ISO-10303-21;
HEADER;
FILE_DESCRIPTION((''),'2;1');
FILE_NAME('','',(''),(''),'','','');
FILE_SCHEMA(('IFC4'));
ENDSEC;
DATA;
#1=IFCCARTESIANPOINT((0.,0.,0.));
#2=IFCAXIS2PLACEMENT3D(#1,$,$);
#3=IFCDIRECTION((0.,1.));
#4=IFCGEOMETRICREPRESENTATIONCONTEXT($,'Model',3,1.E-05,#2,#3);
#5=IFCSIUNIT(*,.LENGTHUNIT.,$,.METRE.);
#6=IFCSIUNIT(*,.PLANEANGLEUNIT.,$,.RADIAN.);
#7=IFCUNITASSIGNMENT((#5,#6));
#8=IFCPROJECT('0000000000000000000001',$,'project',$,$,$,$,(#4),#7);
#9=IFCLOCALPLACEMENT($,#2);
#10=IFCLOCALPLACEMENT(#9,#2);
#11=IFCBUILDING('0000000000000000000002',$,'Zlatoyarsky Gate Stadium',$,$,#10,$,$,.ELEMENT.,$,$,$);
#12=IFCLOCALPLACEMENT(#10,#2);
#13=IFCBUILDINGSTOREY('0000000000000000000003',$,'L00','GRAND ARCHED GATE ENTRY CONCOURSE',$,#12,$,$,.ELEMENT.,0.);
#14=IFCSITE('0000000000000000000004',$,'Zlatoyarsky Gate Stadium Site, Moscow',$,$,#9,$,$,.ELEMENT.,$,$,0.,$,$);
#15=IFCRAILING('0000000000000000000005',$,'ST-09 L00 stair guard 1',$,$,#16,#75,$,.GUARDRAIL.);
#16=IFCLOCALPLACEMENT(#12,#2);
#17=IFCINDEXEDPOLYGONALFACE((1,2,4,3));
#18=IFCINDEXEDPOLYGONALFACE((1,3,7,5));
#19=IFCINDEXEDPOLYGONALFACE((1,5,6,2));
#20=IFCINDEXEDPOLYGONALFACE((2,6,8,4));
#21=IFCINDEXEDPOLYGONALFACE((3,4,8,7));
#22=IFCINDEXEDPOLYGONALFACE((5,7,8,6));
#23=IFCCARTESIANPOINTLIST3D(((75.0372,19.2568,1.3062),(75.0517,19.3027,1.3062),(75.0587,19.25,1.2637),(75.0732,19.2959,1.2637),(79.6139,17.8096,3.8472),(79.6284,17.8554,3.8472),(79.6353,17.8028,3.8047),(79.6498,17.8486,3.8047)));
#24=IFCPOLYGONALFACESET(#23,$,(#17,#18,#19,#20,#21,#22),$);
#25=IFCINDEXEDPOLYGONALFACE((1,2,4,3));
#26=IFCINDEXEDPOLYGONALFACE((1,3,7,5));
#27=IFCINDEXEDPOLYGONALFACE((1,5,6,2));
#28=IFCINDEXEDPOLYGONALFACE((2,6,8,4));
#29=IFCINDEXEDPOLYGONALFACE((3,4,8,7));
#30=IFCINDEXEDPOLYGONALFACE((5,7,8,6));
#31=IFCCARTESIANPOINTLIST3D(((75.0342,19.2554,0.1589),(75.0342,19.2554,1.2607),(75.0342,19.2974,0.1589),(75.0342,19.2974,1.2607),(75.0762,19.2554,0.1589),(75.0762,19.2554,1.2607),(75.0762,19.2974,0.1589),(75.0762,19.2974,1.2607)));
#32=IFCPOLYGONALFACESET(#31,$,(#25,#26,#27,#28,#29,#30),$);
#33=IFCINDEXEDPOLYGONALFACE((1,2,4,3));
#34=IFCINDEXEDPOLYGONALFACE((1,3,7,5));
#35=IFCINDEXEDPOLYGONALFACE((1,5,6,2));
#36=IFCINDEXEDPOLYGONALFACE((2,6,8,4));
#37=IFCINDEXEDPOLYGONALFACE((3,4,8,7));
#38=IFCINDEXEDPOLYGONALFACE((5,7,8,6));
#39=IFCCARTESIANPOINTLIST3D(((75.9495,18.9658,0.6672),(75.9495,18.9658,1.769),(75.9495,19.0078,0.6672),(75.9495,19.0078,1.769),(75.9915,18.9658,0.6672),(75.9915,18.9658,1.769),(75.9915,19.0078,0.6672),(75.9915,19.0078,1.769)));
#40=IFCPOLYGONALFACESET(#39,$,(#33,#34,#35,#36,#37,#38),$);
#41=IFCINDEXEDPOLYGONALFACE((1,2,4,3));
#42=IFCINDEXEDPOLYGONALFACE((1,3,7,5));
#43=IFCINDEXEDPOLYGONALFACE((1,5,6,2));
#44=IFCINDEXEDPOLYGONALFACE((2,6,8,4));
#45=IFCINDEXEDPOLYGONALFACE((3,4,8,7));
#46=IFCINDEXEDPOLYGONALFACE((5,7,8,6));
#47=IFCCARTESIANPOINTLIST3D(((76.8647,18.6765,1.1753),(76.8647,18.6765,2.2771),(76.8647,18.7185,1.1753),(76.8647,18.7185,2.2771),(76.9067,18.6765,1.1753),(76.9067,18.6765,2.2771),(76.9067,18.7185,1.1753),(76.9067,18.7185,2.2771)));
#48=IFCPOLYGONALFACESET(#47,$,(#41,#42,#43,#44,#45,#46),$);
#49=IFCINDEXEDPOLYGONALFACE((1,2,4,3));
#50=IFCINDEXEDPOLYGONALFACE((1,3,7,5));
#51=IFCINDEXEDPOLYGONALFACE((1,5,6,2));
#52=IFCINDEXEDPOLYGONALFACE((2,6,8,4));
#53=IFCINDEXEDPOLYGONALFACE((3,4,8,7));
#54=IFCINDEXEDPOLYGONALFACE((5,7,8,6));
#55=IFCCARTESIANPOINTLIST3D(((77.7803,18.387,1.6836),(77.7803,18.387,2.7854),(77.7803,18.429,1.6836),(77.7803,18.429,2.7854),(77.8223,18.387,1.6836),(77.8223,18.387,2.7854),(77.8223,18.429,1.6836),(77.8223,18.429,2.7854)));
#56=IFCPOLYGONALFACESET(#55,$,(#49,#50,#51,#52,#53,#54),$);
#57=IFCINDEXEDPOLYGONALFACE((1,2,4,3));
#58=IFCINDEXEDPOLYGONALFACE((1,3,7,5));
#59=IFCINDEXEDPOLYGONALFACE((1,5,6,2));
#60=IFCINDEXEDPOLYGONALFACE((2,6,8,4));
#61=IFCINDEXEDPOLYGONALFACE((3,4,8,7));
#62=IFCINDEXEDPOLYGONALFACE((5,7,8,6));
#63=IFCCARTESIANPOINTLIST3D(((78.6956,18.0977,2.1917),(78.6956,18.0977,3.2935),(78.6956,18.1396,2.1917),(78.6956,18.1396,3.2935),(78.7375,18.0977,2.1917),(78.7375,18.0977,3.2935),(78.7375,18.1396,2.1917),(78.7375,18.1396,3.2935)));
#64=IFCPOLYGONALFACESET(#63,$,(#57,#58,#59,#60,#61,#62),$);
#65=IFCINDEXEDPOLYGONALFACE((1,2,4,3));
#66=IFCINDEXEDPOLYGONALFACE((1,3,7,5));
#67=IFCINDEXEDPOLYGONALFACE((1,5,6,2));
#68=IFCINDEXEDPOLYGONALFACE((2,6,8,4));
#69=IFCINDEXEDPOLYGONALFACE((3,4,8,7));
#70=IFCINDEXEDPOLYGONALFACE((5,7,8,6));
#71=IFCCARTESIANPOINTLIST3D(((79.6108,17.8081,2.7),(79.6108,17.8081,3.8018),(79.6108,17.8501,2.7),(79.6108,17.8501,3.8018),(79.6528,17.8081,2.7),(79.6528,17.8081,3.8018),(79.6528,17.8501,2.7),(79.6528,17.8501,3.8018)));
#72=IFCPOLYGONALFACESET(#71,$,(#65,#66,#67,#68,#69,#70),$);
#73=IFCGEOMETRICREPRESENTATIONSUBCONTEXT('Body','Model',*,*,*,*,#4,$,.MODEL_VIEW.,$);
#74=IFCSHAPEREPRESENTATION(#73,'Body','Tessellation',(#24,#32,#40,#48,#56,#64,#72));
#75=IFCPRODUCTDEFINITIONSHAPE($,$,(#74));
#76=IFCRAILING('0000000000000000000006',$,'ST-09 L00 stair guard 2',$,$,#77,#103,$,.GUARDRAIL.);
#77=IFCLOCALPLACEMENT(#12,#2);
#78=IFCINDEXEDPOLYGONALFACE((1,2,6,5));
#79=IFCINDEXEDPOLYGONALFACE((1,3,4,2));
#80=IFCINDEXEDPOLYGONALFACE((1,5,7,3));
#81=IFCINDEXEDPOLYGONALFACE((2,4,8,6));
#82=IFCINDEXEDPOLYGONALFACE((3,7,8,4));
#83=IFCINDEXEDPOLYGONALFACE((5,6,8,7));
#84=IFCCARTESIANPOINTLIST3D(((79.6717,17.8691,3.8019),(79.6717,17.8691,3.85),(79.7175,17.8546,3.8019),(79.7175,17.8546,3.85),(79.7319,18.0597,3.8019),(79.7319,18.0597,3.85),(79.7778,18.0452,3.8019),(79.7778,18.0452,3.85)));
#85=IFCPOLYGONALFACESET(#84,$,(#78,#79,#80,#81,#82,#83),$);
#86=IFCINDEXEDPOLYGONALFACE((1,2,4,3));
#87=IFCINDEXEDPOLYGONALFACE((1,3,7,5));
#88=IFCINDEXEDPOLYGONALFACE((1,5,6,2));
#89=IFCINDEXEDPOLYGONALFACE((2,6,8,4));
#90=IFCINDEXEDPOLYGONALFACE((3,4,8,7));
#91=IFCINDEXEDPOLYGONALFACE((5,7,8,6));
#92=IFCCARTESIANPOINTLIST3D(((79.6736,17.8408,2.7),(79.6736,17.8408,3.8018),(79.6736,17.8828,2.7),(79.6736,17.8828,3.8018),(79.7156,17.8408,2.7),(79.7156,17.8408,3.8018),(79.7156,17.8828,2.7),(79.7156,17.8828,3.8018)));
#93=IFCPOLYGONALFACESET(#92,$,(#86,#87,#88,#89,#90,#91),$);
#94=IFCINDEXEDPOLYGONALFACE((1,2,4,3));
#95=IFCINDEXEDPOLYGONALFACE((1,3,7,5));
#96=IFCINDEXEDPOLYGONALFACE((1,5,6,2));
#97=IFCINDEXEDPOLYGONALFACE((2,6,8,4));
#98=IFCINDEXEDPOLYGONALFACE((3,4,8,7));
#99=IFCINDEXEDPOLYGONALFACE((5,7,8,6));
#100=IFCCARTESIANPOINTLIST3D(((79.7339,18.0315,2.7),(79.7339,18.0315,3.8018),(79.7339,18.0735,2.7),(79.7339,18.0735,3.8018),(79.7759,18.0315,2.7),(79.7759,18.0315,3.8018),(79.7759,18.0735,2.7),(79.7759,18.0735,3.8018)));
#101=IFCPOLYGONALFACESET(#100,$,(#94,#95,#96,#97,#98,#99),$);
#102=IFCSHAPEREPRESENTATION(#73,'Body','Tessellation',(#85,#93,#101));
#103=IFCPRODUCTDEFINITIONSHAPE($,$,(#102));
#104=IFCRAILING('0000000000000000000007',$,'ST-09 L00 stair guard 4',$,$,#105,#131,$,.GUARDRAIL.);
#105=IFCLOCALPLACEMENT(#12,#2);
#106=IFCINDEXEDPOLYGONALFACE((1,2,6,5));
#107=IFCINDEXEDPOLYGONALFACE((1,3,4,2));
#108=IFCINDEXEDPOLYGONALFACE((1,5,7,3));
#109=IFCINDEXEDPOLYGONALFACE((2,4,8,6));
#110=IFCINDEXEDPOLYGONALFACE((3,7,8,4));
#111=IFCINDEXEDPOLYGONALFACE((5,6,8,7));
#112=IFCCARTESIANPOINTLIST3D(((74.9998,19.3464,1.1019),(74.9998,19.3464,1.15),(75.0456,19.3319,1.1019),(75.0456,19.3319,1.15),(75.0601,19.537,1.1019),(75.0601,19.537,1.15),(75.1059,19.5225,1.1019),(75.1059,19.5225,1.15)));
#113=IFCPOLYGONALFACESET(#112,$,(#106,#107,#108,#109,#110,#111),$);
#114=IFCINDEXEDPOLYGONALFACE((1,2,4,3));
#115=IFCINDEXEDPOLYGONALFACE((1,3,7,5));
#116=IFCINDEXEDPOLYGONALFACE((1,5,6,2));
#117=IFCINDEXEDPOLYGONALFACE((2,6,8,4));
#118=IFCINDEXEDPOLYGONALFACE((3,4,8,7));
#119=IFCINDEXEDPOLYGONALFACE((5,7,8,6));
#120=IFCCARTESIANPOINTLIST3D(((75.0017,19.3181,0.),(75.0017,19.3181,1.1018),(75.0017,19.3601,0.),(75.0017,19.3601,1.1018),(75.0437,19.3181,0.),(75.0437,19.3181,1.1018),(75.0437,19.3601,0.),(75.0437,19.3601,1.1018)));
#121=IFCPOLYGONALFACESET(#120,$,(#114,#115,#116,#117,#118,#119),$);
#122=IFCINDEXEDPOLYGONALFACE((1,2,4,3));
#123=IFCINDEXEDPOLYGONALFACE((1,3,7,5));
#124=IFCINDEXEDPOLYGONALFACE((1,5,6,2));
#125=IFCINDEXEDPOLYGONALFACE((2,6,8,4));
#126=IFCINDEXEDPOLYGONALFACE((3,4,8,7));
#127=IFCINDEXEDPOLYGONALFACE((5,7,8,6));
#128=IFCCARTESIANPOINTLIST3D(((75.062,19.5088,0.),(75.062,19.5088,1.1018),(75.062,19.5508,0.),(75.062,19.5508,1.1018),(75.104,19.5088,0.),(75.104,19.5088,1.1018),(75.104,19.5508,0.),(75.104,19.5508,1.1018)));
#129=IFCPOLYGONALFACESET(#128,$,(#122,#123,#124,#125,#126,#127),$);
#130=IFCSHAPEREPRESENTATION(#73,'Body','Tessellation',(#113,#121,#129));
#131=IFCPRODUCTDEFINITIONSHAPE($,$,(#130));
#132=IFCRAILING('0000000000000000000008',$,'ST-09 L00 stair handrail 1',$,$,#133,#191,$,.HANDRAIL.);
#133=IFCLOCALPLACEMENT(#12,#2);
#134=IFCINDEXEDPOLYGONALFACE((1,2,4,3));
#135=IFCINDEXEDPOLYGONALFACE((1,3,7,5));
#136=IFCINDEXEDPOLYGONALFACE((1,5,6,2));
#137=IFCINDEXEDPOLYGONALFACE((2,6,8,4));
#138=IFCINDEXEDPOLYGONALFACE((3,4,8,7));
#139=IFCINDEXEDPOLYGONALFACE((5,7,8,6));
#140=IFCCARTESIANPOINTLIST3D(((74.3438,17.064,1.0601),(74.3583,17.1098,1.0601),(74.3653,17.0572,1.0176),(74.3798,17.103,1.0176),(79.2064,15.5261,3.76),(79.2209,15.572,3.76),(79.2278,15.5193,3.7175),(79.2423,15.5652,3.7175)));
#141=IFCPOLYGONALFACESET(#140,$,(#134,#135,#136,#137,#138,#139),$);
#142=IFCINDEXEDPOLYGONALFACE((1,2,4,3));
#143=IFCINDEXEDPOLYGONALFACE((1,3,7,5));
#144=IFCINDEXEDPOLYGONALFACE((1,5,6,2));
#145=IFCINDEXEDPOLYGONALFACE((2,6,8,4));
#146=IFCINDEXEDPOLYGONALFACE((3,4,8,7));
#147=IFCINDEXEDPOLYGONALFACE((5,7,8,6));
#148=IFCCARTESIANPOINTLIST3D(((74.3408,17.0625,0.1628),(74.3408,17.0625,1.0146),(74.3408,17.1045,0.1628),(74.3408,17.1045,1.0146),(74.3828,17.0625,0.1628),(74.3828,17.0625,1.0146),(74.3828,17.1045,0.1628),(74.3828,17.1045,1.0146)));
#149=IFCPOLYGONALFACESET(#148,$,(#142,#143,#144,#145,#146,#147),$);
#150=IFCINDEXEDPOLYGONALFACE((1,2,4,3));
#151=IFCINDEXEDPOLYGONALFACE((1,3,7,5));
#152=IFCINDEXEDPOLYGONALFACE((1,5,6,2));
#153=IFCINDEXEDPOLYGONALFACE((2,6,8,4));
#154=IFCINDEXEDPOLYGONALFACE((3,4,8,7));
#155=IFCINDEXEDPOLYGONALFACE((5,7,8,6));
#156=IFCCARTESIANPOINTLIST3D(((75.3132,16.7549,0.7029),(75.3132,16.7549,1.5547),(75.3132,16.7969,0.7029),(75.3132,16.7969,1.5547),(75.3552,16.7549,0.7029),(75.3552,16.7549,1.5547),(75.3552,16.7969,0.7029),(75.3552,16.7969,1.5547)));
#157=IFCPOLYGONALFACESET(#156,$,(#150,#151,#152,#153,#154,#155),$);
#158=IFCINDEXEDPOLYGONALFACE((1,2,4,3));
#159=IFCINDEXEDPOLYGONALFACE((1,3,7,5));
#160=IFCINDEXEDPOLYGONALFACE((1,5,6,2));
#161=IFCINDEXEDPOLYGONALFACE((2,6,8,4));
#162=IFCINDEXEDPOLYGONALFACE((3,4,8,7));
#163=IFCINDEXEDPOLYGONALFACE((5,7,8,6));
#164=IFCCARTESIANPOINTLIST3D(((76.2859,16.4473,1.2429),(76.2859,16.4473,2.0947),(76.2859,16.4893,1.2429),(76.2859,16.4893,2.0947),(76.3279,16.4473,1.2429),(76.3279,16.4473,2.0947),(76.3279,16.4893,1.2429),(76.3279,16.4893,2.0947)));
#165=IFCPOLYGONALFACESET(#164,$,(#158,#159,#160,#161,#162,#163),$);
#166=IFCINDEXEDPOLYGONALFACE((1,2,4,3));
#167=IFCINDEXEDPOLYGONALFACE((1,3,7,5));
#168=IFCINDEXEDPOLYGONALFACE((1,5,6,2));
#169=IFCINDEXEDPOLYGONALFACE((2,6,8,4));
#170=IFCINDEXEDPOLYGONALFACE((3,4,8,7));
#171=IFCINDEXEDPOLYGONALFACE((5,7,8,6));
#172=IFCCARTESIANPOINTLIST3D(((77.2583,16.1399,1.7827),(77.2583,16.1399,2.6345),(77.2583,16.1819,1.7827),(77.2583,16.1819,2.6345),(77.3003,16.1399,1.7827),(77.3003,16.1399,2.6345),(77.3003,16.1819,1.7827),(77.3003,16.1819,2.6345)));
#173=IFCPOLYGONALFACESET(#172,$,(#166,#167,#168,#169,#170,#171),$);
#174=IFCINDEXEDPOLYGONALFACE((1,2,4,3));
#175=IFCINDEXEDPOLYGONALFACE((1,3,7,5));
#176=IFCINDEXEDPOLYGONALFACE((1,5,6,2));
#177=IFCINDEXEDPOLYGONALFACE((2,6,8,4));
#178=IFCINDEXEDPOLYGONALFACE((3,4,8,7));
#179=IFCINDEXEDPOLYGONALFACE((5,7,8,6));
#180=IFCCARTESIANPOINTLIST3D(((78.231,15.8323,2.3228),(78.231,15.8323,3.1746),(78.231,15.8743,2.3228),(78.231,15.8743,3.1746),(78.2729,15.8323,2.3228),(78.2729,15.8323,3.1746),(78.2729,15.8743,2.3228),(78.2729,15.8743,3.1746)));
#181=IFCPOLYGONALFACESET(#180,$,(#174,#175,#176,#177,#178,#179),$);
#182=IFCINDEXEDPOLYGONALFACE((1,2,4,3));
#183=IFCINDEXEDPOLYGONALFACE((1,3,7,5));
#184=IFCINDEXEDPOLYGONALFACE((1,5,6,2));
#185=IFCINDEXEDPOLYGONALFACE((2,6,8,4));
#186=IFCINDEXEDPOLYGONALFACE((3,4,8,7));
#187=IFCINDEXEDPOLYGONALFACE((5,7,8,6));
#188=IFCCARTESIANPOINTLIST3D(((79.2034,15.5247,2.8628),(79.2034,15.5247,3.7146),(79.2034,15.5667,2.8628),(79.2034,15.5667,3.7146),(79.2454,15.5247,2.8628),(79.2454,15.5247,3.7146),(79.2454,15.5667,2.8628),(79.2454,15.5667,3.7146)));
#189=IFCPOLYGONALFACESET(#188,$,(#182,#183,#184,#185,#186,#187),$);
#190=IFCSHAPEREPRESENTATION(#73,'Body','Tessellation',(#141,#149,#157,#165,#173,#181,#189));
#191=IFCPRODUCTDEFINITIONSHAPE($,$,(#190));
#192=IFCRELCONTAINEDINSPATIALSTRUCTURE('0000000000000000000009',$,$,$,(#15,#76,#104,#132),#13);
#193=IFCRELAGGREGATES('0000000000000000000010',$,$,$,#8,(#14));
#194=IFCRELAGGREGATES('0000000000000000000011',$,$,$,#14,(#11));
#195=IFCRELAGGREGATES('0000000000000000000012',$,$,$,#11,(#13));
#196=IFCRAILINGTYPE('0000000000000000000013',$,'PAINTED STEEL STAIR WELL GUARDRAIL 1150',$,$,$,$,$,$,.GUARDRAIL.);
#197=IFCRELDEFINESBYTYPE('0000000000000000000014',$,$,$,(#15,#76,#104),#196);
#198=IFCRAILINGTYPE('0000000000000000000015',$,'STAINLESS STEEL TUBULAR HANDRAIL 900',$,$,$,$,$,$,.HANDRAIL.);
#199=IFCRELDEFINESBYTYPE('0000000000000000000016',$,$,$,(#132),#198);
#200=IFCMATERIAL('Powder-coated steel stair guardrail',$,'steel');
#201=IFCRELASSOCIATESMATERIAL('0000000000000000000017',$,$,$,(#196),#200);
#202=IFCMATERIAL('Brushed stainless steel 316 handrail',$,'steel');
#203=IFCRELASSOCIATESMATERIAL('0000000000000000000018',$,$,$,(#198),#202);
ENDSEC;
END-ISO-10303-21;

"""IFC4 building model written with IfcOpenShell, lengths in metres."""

from ifc_helpers import new_model, si_unit, direction, frame, origin, origin_2d, place, context, subcontext, project, spatial, rectangle, extrude, material, type_object, element, save


model = new_model("IFC4")

# Units and contexts
model_context = context("Model", 3, precision=1e-05, world=origin(), true_north=direction((0.0, 1.0)))
body_context = subcontext(model_context, "Body", "Model", "MODEL_VIEW")
ifc_project = project(units=[si_unit("LENGTHUNIT", "METRE"), si_unit("PLANEANGLEUNIT", "RADIAN")], contexts=[model_context])

# Site, building, storey
site_placement = place(None, origin())
site = spatial("IfcSite", under=ifc_project, at=site_placement, Name="Zlatoyarsky Gate Stadium Site, Moscow", CompositionType="ELEMENT", RefElevation=0.0)
building_placement = place(site_placement, origin())
building = spatial("IfcBuilding", under=site, at=building_placement, Name="Zlatoyarsky Gate Stadium", CompositionType="ELEMENT")
storey_placement = place(building_placement, origin())
storey = spatial("IfcBuildingStorey", under=building, at=storey_placement, Name="L00", Description="GRAND ARCHED GATE ENTRY CONCOURSE", CompositionType="ELEMENT", Elevation=0.0)

# Railings
ifc_material_1 = material(Name="Powder-coated steel stair guardrail", Category="steel")
railing_type_1 = type_object("IfcRailingType", Name="PAINTED STEEL STAIR WELL GUARDRAIL 1150", PredefinedType="GUARDRAIL", material=ifc_material_1)
railing_1_placement = place(storey_placement, frame((75.0552, 19.2764, 0.1589)))
element("IfcRailing", 1, at=railing_1_placement, inside=storey, type_object=railing_type_1, Name="ST-09 L00 stair guard 1", PredefinedType="GUARDRAIL", context=body_context, shape_type="SweptSolid", body=[
    extrude(rectangle(XDim=0.0481, YDim=0.0481, at=origin_2d()), frame((0.0, 0.0, 1.126), z_axis=(0.842672, -0.266476, 0.467861), x_axis=(0.301511, 0.953463, 0.0)), (0.0, 0.0, 1.0), 5.4312),
    extrude(rectangle(XDim=0.042, YDim=0.042, at=origin_2d()), origin(), (0.0, 0.0, 1.0), 1.1018),
    extrude(rectangle(XDim=0.042, YDim=0.042, at=origin_2d()), frame((0.9153, -0.2896, 0.5083)), (0.0, 0.0, 1.0), 1.1018),
    extrude(rectangle(XDim=0.042, YDim=0.042, at=origin_2d()), frame((1.8306, -0.5789, 1.0164)), (0.0, 0.0, 1.0), 1.1018),
    extrude(rectangle(XDim=0.042, YDim=0.042, at=origin_2d()), frame((2.7461, -0.8684, 1.5247)), (0.0, 0.0, 1.0), 1.1018),
    extrude(rectangle(XDim=0.042, YDim=0.042, at=origin_2d()), frame((3.6614, -1.1577, 2.0327)), (0.0, 0.0, 1.0), 1.1018),
    extrude(rectangle(XDim=0.042, YDim=0.042, at=origin_2d()), frame((4.5767, -1.4473, 2.541)), (0.0, 0.0, 1.0), 1.1018),
])
for number, where, name in (
    (2, (79.6946, 17.8618, 2.7), "ST-09 L00 stair guard 2"),
    (3, (75.0227, 19.3391, 0.0), "ST-09 L00 stair guard 4"),
):
    element("IfcRailing", number, at=place(storey_placement, frame(where)), inside=storey, type_object=railing_type_1, Name=name, PredefinedType="GUARDRAIL", context=body_context, shape_type="SweptSolid", body=[
        extrude(rectangle(XDim=0.0481, YDim=0.0481, at=origin_2d()), frame((0.0, 0.0, 1.126), z_axis=(0.30154, 0.953453, 0.0), x_axis=(-0.953453, 0.30154, 0.0)), (0.0, 0.0, 1.0), 0.2),
        extrude(rectangle(XDim=0.042, YDim=0.042, at=origin_2d()), origin(), (0.0, 0.0, 1.0), 1.1018),
        extrude(rectangle(XDim=0.042, YDim=0.042, at=origin_2d()), frame((0.0603, 0.1907, 0.0)), (0.0, 0.0, 1.0), 1.1018),
    ])
ifc_material_2 = material(Name="Brushed stainless steel 316 handrail", Category="steel")
railing_type_2 = type_object("IfcRailingType", Name="STAINLESS STEEL TUBULAR HANDRAIL 900", PredefinedType="HANDRAIL", material=ifc_material_2)
railing_2_placement = place(storey_placement, frame((74.3618, 17.0835, 0.1628)))
element("IfcRailing", 4, at=railing_2_placement, inside=storey, type_object=railing_type_2, Name="ST-09 L00 stair handrail 1", PredefinedType="HANDRAIL", context=body_context, shape_type="SweptSolid", body=[
    extrude(rectangle(XDim=0.0481, YDim=0.0481, at=origin_2d()), frame((0.0, 0.0, 0.876), z_axis=(0.842651, -0.266499, 0.467886), x_axis=(0.301541, 0.953453, 0.0)), (0.0, 0.0, 1.0), 5.7705),
    extrude(rectangle(XDim=0.042, YDim=0.042, at=origin_2d()), origin(), (0.0, 0.0, 1.0), 0.8518),
    extrude(rectangle(XDim=0.042, YDim=0.042, at=origin_2d()), frame((0.9724, -0.3076, 0.54)), (0.0, 0.0, 1.0), 0.8518),
    extrude(rectangle(XDim=0.042, YDim=0.042, at=origin_2d()), frame((1.9451, -0.6152, 1.0801)), (0.0, 0.0, 1.0), 0.8518),
    extrude(rectangle(XDim=0.042, YDim=0.042, at=origin_2d()), frame((2.9175, -0.9226, 1.6199)), (0.0, 0.0, 1.0), 0.8518),
    extrude(rectangle(XDim=0.042, YDim=0.042, at=origin_2d()), frame((3.8901, -1.2302, 2.1599)), (0.0, 0.0, 1.0), 0.8518),
    extrude(rectangle(XDim=0.042, YDim=0.042, at=origin_2d()), frame((4.8625, -1.5378, 2.7)), (0.0, 0.0, 1.0), 0.8518),
])

save(model, "model.ifc")
